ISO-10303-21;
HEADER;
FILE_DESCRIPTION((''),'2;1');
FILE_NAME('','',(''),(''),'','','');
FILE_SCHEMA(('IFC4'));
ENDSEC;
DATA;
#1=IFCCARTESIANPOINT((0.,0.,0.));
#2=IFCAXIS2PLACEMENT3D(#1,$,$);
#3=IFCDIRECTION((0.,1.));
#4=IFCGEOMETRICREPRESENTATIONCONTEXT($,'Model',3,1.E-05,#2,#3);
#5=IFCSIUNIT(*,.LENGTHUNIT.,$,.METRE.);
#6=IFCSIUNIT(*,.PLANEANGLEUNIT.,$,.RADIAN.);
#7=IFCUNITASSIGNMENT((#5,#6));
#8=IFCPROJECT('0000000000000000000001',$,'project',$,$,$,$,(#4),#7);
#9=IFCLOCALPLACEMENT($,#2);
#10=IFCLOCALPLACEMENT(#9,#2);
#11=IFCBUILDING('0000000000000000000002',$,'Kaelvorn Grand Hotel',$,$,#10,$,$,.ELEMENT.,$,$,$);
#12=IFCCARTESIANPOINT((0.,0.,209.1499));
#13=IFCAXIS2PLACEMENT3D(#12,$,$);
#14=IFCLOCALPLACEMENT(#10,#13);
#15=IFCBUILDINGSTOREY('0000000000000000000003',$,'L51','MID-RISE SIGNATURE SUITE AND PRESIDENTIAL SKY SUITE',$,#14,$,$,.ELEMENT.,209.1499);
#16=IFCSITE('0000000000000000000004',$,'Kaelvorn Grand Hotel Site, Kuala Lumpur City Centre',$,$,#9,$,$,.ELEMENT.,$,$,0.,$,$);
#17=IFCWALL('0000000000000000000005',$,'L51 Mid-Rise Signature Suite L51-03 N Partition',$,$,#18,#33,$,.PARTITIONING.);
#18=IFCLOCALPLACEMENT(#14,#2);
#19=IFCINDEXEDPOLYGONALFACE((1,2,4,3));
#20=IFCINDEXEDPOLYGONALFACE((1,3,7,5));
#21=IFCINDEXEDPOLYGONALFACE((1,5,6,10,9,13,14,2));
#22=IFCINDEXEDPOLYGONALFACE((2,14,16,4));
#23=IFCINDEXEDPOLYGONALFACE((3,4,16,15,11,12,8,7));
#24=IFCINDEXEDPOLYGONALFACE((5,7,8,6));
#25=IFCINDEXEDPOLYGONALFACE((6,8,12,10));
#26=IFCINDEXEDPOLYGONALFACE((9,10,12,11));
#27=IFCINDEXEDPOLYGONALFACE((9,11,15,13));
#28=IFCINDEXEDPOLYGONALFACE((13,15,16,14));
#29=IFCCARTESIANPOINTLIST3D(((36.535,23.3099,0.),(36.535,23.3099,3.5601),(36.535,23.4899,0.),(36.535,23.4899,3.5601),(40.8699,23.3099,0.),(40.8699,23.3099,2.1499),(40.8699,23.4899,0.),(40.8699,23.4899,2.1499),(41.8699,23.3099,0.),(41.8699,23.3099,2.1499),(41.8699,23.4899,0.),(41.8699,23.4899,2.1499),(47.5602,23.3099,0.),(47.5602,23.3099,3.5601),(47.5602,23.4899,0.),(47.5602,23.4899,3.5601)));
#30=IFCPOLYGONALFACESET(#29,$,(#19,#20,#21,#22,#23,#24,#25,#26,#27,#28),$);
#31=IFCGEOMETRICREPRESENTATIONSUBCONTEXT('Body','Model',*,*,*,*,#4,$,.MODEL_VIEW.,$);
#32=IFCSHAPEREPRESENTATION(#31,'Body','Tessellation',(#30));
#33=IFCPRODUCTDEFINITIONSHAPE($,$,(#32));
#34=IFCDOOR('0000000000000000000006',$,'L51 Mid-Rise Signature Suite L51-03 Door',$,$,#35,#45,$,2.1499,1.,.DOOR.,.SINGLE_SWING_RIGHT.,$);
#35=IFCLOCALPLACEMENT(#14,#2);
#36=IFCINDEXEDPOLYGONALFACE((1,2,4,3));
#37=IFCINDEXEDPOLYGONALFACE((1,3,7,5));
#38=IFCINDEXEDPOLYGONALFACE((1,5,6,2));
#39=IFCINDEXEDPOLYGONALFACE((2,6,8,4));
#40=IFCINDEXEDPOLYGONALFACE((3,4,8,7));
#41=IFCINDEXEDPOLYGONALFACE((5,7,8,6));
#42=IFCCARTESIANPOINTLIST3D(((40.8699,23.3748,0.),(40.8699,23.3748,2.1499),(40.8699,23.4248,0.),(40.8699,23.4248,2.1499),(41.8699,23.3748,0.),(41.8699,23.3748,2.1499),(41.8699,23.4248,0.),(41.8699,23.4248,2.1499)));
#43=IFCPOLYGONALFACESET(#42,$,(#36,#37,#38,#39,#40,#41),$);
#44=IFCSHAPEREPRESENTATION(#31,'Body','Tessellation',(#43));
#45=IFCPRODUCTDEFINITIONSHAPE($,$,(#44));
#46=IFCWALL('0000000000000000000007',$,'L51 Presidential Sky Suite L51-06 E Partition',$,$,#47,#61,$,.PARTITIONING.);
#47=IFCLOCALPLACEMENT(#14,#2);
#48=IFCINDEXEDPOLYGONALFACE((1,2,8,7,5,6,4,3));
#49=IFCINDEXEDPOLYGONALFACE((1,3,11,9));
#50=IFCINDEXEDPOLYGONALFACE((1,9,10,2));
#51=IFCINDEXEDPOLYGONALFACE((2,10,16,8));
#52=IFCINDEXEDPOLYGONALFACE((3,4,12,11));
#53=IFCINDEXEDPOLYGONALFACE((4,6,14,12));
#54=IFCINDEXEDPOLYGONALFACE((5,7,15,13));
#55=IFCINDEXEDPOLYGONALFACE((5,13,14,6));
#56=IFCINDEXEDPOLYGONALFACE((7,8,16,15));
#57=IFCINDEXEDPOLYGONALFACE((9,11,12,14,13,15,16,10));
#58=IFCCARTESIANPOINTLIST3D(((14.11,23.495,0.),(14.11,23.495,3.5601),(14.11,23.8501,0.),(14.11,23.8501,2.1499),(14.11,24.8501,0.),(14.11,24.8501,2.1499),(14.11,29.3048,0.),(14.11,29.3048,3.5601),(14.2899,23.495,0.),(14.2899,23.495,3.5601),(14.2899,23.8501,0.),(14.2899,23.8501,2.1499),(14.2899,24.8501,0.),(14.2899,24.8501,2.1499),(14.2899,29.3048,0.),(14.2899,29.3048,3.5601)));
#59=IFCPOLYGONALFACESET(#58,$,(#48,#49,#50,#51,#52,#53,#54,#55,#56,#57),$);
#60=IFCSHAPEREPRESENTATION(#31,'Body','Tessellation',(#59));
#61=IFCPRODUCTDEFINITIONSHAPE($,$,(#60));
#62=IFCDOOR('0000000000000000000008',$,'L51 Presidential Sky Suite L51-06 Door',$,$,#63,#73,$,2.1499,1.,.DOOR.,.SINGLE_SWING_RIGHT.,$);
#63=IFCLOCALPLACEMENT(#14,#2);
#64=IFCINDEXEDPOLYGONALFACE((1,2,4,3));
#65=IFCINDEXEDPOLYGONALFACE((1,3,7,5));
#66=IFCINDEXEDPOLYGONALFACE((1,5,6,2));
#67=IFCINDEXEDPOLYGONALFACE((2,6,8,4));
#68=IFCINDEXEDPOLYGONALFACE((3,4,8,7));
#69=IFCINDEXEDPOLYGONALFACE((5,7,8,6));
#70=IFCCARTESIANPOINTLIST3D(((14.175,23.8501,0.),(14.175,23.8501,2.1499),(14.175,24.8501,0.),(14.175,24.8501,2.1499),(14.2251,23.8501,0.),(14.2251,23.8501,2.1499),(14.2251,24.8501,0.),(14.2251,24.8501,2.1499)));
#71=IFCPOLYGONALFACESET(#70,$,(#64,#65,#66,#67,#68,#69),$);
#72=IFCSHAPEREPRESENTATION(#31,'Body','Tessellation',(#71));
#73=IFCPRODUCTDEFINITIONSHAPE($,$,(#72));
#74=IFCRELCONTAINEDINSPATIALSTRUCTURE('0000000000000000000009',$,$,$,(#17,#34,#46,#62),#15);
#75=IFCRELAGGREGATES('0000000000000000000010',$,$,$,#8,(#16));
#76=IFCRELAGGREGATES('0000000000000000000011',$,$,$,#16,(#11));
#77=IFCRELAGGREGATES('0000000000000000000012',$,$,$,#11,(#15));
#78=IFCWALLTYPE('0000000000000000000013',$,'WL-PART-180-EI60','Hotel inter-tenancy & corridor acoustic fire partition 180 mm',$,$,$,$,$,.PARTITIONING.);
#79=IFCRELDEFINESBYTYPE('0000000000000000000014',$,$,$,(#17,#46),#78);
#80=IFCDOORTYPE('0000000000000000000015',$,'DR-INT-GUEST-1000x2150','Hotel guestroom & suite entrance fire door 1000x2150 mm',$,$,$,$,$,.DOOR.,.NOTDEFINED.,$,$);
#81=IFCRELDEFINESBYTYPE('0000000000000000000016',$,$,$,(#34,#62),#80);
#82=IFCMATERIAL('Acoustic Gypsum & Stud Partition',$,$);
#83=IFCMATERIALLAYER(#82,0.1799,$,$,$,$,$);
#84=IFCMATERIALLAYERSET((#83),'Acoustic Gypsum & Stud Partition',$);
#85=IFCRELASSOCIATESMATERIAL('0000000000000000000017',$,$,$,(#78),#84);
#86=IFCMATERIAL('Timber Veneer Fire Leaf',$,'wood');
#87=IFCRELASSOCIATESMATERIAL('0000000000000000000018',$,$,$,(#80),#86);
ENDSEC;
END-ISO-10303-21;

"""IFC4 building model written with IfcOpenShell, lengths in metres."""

from ifc_helpers import new_model, si_unit, direction, frame, frame_2d, origin, place, context, subcontext, project, spatial, rectangle, extrude, material, layer, layer_set, type_object, element, fill, save


model = new_model("IFC4")

# Units and contexts
model_context = context("Model", 3, precision=1e-05, world=origin(), true_north=direction((0.0, 1.0)))
body_context = subcontext(model_context, "Body", "Model", "MODEL_VIEW")
ifc_project = project(units=[si_unit("LENGTHUNIT", "METRE"), si_unit("PLANEANGLEUNIT", "RADIAN")], contexts=[model_context])

# Site, building, storey
site_placement = place(None, origin())
site = spatial("IfcSite", under=ifc_project, at=site_placement, Name="Kaelvorn Grand Hotel Site, Kuala Lumpur City Centre", CompositionType="ELEMENT", RefElevation=0.0)
building_placement = place(site_placement, origin())
building = spatial("IfcBuilding", under=site, at=building_placement, Name="Kaelvorn Grand Hotel", CompositionType="ELEMENT")
storey_placement = place(building_placement, frame((0.0, 0.0, 209.1499)))
storey = spatial("IfcBuildingStorey", under=building, at=storey_placement, Name="L51", Description="MID-RISE SIGNATURE SUITE AND PRESIDENTIAL SKY SUITE", CompositionType="ELEMENT", Elevation=209.1499)

# Walls, openings, doors
ifc_material_1 = material(Name="Acoustic Gypsum & Stud Partition")
ifc_layer_1 = layer(ifc_material_1, 0.1799)
ifc_layer_set_1 = layer_set([ifc_layer_1], Name="Acoustic Gypsum & Stud Partition")
wall_type_1 = type_object("IfcWallType", Name="WL-PART-180-EI60", Description="Hotel inter-tenancy & corridor acoustic fire partition 180 mm", PredefinedType="PARTITIONING", material=ifc_layer_set_1)
ifc_material_2 = material(Name="Timber Veneer Fire Leaf", Category="wood")
door_type_1 = type_object("IfcDoorType", Name="DR-INT-GUEST-1000x2150", Description="Hotel guestroom & suite entrance fire door 1000x2150 mm", OperationType="NOTDEFINED", PredefinedType="DOOR", material=ifc_material_2)
wall_1_placement = place(storey_placement, frame((36.5349, 23.3999, 0.0), z_axis=(0.0, 0.0, 1.0), x_axis=(1.0, 0.0, 0.0)))
wall_1 = element("IfcWall", 1, at=wall_1_placement, inside=storey, type_object=wall_type_1, Name="L51 Mid-Rise Signature Suite L51-03 N Partition", PredefinedType="PARTITIONING", context=body_context, shape_type="SweptSolid", body=[
    extrude(rectangle(XDim=11.0251, YDim=0.1799, at=frame_2d((5.5127, 0.0))), origin(), (0.0, 0.0, 1.0), 3.5601),
])
opening_1_placement = place(wall_1_placement, frame((4.335, 0.0, 0.0)))
opening_1 = element("IfcOpeningElement", 2, at=opening_1_placement, cuts=wall_1, PredefinedType="OPENING", context=body_context, shape_type="SweptSolid", body=[
    extrude(rectangle(XDim=1.0, YDim=2.1499, at=frame_2d((0.5, 1.075))), frame((0.0, 0.1001, 0.0), z_axis=(0.0, -1.0, 0.0), x_axis=(1.0, 0.0, 0.0)), (0.0, 0.0, 1.0), 0.2),
])
door_1_placement = place(opening_1_placement, origin())
door_1 = element("IfcDoor", 3, at=door_1_placement, inside=storey, type_object=door_type_1, Name="L51 Mid-Rise Signature Suite L51-03 Door", OperationType="SINGLE_SWING_RIGHT", OverallHeight=2.1499, OverallWidth=1.0, PredefinedType="DOOR", context=body_context, shape_type="SweptSolid", body=[
    extrude(rectangle(XDim=1.0, YDim=2.1499, at=frame_2d((0.5, 1.075))), frame((0.0, 0.0249, 0.0), z_axis=(0.0, -1.0, 0.0), x_axis=(1.0, 0.0, 0.0)), (0.0, 0.0, 1.0), 0.05),
])
fill(opening_1, door_1)
wall_2_placement = place(storey_placement, frame((14.2, 23.4951, 0.0), z_axis=(0.0, 0.0, 1.0), x_axis=(0.0, 1.0, 0.0)))
wall_2 = element("IfcWall", 4, at=wall_2_placement, inside=storey, type_object=wall_type_1, Name="L51 Presidential Sky Suite L51-06 E Partition", PredefinedType="PARTITIONING", context=body_context, shape_type="SweptSolid", body=[
    extrude(rectangle(XDim=5.8098, YDim=0.1799, at=frame_2d((2.9048, 0.0))), origin(), (0.0, 0.0, 1.0), 3.5601),
])
opening_2_placement = place(wall_2_placement, frame((0.355, 0.0, 0.0)))
opening_2 = element("IfcOpeningElement", 5, at=opening_2_placement, cuts=wall_2, PredefinedType="OPENING", context=body_context, shape_type="SweptSolid", body=[
    extrude(rectangle(XDim=1.0, YDim=2.1499, at=frame_2d((0.5, 1.075))), frame((0.0, 0.1001, 0.0), z_axis=(0.0, -1.0, 0.0), x_axis=(1.0, 0.0, 0.0)), (0.0, 0.0, 1.0), 0.2),
])
door_2_placement = place(opening_2_placement, origin())
door_2 = element("IfcDoor", 6, at=door_2_placement, inside=storey, type_object=door_type_1, Name="L51 Presidential Sky Suite L51-06 Door", OperationType="SINGLE_SWING_RIGHT", OverallHeight=2.1499, OverallWidth=1.0, PredefinedType="DOOR", context=body_context, shape_type="SweptSolid", body=[
    extrude(rectangle(XDim=1.0, YDim=2.1499, at=frame_2d((0.5, 1.075))), frame((0.0, 0.0249, 0.0), z_axis=(0.0, -1.0, 0.0), x_axis=(1.0, 0.0, 0.0)), (0.0, 0.0, 1.0), 0.05),
])
fill(opening_2, door_2)

save(model, "model.ifc")
